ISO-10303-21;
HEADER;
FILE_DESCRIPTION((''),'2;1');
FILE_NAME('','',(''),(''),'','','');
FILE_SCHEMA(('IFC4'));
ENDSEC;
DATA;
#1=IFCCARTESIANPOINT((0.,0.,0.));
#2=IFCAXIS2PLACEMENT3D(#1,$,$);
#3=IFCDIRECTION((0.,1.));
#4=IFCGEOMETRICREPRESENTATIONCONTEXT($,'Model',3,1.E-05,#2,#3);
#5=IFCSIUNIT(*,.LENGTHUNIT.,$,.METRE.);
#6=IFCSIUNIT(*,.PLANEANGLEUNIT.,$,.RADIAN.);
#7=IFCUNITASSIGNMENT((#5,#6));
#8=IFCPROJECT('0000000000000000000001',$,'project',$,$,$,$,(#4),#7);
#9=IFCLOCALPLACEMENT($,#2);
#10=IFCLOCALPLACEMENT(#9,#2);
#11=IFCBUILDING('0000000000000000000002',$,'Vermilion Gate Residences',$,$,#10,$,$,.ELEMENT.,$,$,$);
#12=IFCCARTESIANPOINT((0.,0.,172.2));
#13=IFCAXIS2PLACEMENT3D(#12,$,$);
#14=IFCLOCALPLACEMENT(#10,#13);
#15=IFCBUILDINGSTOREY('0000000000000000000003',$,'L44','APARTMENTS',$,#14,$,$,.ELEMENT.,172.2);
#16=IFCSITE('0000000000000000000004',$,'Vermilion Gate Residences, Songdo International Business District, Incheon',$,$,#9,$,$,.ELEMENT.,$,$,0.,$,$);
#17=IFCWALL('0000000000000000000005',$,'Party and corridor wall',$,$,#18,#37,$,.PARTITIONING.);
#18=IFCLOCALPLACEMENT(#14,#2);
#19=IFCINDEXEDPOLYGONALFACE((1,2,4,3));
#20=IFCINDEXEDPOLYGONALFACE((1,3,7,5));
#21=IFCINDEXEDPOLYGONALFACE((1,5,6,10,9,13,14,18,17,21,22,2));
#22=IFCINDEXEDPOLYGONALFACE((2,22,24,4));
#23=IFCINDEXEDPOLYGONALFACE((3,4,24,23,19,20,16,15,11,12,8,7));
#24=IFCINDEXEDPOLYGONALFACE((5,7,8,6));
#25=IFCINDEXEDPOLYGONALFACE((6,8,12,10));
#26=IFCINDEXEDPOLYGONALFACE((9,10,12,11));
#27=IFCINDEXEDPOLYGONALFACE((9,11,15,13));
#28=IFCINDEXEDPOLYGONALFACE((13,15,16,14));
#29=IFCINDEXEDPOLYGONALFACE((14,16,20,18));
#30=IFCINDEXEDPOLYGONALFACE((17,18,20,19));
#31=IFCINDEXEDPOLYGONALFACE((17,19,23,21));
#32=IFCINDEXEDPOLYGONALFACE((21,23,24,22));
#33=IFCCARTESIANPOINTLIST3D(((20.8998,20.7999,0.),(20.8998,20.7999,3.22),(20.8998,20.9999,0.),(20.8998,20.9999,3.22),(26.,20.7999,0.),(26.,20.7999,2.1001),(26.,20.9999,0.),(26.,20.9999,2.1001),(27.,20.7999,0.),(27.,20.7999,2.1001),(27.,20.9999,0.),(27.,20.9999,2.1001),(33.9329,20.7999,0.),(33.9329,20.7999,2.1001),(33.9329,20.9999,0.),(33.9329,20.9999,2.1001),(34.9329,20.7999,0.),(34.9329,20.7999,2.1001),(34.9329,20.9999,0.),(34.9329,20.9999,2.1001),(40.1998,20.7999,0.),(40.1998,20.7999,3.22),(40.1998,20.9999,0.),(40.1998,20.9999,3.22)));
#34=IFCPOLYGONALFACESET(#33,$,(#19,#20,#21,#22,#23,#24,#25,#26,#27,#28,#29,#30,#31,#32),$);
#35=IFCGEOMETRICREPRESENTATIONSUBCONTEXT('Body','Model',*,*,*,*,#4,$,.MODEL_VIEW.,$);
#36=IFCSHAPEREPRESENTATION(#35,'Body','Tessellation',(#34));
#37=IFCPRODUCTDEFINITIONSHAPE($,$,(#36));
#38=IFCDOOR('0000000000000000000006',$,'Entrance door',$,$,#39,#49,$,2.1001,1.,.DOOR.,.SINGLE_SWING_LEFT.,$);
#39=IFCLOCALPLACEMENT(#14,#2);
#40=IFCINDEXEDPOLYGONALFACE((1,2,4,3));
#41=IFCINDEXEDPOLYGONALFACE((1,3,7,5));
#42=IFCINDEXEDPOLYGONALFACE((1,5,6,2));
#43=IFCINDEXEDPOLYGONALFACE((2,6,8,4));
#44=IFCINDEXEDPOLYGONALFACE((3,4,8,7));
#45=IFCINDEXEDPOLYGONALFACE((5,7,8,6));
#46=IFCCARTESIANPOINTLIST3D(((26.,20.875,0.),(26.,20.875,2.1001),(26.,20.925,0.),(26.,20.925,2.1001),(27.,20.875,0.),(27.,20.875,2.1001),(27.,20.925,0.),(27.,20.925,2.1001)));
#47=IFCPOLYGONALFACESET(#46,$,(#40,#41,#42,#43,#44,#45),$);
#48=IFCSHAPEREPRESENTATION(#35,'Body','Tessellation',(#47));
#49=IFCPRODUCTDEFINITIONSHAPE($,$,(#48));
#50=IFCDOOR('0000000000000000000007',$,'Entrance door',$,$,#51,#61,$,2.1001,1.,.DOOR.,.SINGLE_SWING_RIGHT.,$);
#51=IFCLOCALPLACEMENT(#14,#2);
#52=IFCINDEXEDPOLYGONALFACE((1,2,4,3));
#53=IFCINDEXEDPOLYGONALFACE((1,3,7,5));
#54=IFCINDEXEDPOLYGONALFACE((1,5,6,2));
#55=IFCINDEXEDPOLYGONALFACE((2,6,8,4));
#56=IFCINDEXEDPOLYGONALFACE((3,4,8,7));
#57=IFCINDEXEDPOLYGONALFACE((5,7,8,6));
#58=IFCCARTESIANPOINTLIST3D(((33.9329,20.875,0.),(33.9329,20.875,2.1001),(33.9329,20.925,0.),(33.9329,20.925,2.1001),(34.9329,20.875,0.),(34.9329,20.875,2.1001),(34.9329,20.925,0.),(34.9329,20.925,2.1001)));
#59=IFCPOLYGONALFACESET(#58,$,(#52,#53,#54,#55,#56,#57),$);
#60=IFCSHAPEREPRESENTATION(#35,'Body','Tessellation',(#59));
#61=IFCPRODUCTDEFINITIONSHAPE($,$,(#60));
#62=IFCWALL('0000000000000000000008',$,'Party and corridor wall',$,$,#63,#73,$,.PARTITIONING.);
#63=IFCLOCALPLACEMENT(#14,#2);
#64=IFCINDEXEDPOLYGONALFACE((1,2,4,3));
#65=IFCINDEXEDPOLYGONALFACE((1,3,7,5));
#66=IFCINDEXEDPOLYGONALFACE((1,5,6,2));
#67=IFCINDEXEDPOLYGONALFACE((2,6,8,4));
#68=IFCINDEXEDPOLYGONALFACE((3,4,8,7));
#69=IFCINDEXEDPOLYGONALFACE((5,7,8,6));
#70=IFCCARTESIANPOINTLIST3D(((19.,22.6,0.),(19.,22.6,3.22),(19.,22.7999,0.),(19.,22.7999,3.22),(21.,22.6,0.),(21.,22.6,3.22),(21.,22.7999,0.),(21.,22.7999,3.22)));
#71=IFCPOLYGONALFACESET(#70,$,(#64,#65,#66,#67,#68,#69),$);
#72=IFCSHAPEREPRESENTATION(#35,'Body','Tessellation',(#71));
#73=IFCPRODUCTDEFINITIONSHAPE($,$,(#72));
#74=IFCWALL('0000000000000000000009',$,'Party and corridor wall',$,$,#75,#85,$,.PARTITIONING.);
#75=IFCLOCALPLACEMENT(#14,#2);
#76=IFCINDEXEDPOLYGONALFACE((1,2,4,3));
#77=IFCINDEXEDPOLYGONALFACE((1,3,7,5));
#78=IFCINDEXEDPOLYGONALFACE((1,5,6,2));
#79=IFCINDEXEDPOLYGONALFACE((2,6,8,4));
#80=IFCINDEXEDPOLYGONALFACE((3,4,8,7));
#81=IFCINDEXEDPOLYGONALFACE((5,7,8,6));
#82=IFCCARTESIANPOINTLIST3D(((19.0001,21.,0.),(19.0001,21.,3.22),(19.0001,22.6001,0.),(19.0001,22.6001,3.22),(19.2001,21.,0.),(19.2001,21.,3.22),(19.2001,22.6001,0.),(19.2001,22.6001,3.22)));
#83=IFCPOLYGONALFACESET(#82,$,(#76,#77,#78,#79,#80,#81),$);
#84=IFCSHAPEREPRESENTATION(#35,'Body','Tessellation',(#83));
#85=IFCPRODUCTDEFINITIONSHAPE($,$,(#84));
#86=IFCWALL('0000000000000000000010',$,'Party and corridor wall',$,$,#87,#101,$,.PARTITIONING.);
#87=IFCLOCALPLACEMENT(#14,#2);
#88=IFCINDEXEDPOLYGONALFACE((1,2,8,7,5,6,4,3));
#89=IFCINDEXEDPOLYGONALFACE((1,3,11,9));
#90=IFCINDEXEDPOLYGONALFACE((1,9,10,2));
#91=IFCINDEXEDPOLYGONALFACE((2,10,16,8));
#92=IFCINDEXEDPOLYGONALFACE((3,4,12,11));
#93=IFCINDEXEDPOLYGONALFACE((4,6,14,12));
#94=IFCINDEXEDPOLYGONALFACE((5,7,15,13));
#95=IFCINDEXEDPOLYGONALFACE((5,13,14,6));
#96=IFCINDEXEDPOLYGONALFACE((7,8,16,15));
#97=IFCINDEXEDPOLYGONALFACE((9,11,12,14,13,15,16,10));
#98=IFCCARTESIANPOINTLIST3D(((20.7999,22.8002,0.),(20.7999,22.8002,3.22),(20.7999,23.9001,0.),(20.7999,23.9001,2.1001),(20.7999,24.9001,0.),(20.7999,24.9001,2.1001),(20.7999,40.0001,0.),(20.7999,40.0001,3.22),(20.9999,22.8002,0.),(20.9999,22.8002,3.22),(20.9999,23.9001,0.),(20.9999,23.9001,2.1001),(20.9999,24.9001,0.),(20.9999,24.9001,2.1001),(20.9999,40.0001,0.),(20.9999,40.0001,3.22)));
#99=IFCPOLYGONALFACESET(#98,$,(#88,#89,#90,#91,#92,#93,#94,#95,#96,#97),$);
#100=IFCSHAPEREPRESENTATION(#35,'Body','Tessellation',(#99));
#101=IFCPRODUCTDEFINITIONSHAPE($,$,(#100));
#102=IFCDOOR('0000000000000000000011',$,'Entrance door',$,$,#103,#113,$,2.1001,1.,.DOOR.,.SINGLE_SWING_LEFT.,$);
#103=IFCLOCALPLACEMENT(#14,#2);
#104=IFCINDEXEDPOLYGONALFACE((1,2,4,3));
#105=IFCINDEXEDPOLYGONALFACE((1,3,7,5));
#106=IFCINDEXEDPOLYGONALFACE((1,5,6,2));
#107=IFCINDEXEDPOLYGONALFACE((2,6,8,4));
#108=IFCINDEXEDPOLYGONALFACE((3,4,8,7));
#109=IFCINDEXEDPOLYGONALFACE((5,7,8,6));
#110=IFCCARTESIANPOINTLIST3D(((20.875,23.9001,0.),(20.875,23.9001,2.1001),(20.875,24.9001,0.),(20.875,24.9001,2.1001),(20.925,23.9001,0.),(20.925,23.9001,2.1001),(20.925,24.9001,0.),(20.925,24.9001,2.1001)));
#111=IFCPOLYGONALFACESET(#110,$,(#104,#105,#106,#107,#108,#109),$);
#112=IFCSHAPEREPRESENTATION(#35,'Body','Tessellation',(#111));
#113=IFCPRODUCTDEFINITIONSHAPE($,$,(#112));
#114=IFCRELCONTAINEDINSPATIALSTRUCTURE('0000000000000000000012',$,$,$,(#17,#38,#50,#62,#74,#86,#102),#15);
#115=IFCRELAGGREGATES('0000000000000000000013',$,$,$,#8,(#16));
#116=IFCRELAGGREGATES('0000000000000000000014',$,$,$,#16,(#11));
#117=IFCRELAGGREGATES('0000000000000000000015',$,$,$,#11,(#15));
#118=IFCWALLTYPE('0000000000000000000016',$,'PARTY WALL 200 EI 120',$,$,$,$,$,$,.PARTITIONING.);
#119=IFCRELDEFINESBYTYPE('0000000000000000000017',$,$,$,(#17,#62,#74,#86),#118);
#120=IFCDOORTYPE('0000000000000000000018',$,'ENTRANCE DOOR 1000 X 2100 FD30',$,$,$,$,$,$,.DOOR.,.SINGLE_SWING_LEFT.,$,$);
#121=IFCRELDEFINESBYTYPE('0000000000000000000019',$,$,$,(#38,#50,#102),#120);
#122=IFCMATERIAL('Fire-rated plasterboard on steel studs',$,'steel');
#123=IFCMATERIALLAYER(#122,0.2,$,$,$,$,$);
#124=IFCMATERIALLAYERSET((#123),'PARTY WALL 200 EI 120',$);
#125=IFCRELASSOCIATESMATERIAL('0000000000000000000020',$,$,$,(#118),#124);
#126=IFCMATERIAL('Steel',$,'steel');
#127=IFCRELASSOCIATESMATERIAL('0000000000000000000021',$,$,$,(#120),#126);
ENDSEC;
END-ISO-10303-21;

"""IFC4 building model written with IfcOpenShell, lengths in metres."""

from ifc_helpers import new_model, si_unit, direction, frame, frame_2d, origin, place, context, subcontext, project, spatial, rectangle, extrude, material, layer, layer_set, type_object, element, fill, save


model = new_model("IFC4")

# Units and contexts
model_context = context("Model", 3, precision=1e-05, world=origin(), true_north=direction((0.0, 1.0)))
body_context = subcontext(model_context, "Body", "Model", "MODEL_VIEW")
ifc_project = project(units=[si_unit("LENGTHUNIT", "METRE"), si_unit("PLANEANGLEUNIT", "RADIAN")], contexts=[model_context])

# Site, building, storey
site_placement = place(None, origin())
site = spatial("IfcSite", under=ifc_project, at=site_placement, Name="Vermilion Gate Residences, Songdo International Business District, Incheon", CompositionType="ELEMENT", RefElevation=0.0)
building_placement = place(site_placement, origin())
building = spatial("IfcBuilding", under=site, at=building_placement, Name="Vermilion Gate Residences", CompositionType="ELEMENT")
storey_placement = place(building_placement, frame((0.0, 0.0, 172.2)))
storey = spatial("IfcBuildingStorey", under=building, at=storey_placement, Name="L44", Description="APARTMENTS", CompositionType="ELEMENT", Elevation=172.2)

# Wall, openings, doors
ifc_material_1 = material(Name="Fire-rated plasterboard on steel studs", Category="steel")
ifc_layer_1 = layer(ifc_material_1, 0.2)
ifc_layer_set_1 = layer_set([ifc_layer_1], Name="PARTY WALL 200 EI 120")
wall_type_1 = type_object("IfcWallType", Name="PARTY WALL 200 EI 120", PredefinedType="PARTITIONING", material=ifc_layer_set_1)
wall_1_placement = place(storey_placement, frame((20.8999, 20.8999, 0.0), z_axis=(0.0, 0.0, 1.0), x_axis=(1.0, 0.0, 0.0)))
wall_1 = element("IfcWall", 1, at=wall_1_placement, inside=storey, type_object=wall_type_1, Name="Party and corridor wall", PredefinedType="PARTITIONING", context=body_context, shape_type="SweptSolid", body=[
    extrude(rectangle(XDim=19.3, YDim=0.2, at=frame_2d((9.6499, 0.0))), origin(), (0.0, 0.0, 1.0), 3.22),
])
opening_1_placement = place(wall_1_placement, frame((5.1001, 0.0, 0.0)))
opening_1 = element("IfcOpeningElement", 2, at=opening_1_placement, cuts=wall_1, PredefinedType="OPENING", context=body_context, shape_type="SweptSolid", body=[
    extrude(rectangle(XDim=1.0, YDim=2.1001, at=frame_2d((0.5, 1.05))), frame((0.0, 0.1099, 0.0), z_axis=(0.0, -1.0, 0.0), x_axis=(1.0, 0.0, 0.0)), (0.0, 0.0, 1.0), 0.22),
])
opening_2_placement = place(wall_1_placement, frame((13.033, 0.0, 0.0)))
opening_2 = element("IfcOpeningElement", 3, at=opening_2_placement, cuts=wall_1, PredefinedType="OPENING", context=body_context, shape_type="SweptSolid", body=[
    extrude(rectangle(XDim=1.0, YDim=2.1001, at=frame_2d((0.5, 1.05))), frame((0.0, 0.1099, 0.0), z_axis=(0.0, -1.0, 0.0), x_axis=(1.0, 0.0, 0.0)), (0.0, 0.0, 1.0), 0.22),
])
ifc_material_2 = material(Name="Steel", Category="steel")
door_type_1 = type_object("IfcDoorType", Name="ENTRANCE DOOR 1000 X 2100 FD30", OperationType="SINGLE_SWING_LEFT", PredefinedType="DOOR", material=ifc_material_2)
door_1_placement = place(opening_1_placement, frame((1.0, 0.0, 0.0), z_axis=(0.0, 0.0, 1.0), x_axis=(-1.0, 0.0, 0.0)))
door_1 = element("IfcDoor", 4, at=door_1_placement, inside=storey, type_object=door_type_1, Name="Entrance door", OperationType="SINGLE_SWING_LEFT", OverallHeight=2.1001, OverallWidth=1.0, PredefinedType="DOOR", context=body_context, shape_type="SweptSolid", body=[
    extrude(rectangle(XDim=1.0, YDim=2.1001, at=frame_2d((0.5, 1.05))), frame((0.0, 0.0249, 0.0), z_axis=(0.0, -1.0, 0.0), x_axis=(1.0, 0.0, 0.0)), (0.0, 0.0, 1.0), 0.05),
])
fill(opening_1, door_1)
door_2_placement = place(opening_2_placement, frame((1.0, 0.0, 0.0), z_axis=(0.0, 0.0, 1.0), x_axis=(-1.0, 0.0, 0.0)))
door_2 = element("IfcDoor", 5, at=door_2_placement, inside=storey, type_object=door_type_1, Name="Entrance door", OperationType="SINGLE_SWING_RIGHT", OverallHeight=2.1001, OverallWidth=1.0, PredefinedType="DOOR", context=body_context, shape_type="SweptSolid", body=[
    extrude(rectangle(XDim=1.0, YDim=2.1001, at=frame_2d((0.5, 1.05))), frame((0.0, 0.0249, 0.0), z_axis=(0.0, -1.0, 0.0), x_axis=(1.0, 0.0, 0.0)), (0.0, 0.0, 1.0), 0.05),
])
fill(opening_2, door_2)

# Walls
wall_2_placement = place(storey_placement, frame((19.0, 22.7, 0.0), z_axis=(0.0, 0.0, 1.0), x_axis=(1.0, 0.0, 0.0)))
element("IfcWall", 6, at=wall_2_placement, inside=storey, type_object=wall_type_1, Name="Party and corridor wall", PredefinedType="PARTITIONING", context=body_context, shape_type="SweptSolid", body=[
    extrude(rectangle(XDim=2.0, YDim=0.2, at=frame_2d((1.0, 0.0))), origin(), (0.0, 0.0, 1.0), 3.22),
])
wall_3_placement = place(storey_placement, frame((19.1001, 21.0, 0.0), z_axis=(0.0, 0.0, 1.0), x_axis=(0.0, 1.0, 0.0)))
element("IfcWall", 7, at=wall_3_placement, inside=storey, type_object=wall_type_1, Name="Party and corridor wall", PredefinedType="PARTITIONING", context=body_context, shape_type="SweptSolid", body=[
    extrude(rectangle(XDim=1.6001, YDim=0.2, at=frame_2d((0.8, 0.0))), origin(), (0.0, 0.0, 1.0), 3.22),
])

# Wall, opening, door
wall_4_placement = place(storey_placement, frame((20.8999, 22.8, 0.0), z_axis=(0.0, 0.0, 1.0), x_axis=(0.0, 1.0, 0.0)))
wall_4 = element("IfcWall", 8, at=wall_4_placement, inside=storey, type_object=wall_type_1, Name="Party and corridor wall", PredefinedType="PARTITIONING", context=body_context, shape_type="SweptSolid", body=[
    extrude(rectangle(XDim=17.2, YDim=0.2, at=frame_2d((8.6001, 0.0))), origin(), (0.0, 0.0, 1.0), 3.22),
])
opening_3_placement = place(wall_4_placement, frame((1.1001, 0.0, 0.0)))
opening_3 = element("IfcOpeningElement", 9, at=opening_3_placement, cuts=wall_4, PredefinedType="OPENING", context=body_context, shape_type="SweptSolid", body=[
    extrude(rectangle(XDim=1.0, YDim=2.1001, at=frame_2d((0.5, 1.05))), frame((0.0, 0.1099, 0.0), z_axis=(0.0, -1.0, 0.0), x_axis=(1.0, 0.0, 0.0)), (0.0, 0.0, 1.0), 0.22),
])
door_3_placement = place(opening_3_placement, origin())
door_3 = element("IfcDoor", 10, at=door_3_placement, inside=storey, type_object=door_type_1, Name="Entrance door", OperationType="SINGLE_SWING_LEFT", OverallHeight=2.1001, OverallWidth=1.0, PredefinedType="DOOR", context=body_context, shape_type="SweptSolid", body=[
    extrude(rectangle(XDim=1.0, YDim=2.1001, at=frame_2d((0.5, 1.05))), frame((0.0, 0.0249, 0.0), z_axis=(0.0, -1.0, 0.0), x_axis=(1.0, 0.0, 0.0)), (0.0, 0.0, 1.0), 0.05),
])
fill(opening_3, door_3)

save(model, "model.ifc")
